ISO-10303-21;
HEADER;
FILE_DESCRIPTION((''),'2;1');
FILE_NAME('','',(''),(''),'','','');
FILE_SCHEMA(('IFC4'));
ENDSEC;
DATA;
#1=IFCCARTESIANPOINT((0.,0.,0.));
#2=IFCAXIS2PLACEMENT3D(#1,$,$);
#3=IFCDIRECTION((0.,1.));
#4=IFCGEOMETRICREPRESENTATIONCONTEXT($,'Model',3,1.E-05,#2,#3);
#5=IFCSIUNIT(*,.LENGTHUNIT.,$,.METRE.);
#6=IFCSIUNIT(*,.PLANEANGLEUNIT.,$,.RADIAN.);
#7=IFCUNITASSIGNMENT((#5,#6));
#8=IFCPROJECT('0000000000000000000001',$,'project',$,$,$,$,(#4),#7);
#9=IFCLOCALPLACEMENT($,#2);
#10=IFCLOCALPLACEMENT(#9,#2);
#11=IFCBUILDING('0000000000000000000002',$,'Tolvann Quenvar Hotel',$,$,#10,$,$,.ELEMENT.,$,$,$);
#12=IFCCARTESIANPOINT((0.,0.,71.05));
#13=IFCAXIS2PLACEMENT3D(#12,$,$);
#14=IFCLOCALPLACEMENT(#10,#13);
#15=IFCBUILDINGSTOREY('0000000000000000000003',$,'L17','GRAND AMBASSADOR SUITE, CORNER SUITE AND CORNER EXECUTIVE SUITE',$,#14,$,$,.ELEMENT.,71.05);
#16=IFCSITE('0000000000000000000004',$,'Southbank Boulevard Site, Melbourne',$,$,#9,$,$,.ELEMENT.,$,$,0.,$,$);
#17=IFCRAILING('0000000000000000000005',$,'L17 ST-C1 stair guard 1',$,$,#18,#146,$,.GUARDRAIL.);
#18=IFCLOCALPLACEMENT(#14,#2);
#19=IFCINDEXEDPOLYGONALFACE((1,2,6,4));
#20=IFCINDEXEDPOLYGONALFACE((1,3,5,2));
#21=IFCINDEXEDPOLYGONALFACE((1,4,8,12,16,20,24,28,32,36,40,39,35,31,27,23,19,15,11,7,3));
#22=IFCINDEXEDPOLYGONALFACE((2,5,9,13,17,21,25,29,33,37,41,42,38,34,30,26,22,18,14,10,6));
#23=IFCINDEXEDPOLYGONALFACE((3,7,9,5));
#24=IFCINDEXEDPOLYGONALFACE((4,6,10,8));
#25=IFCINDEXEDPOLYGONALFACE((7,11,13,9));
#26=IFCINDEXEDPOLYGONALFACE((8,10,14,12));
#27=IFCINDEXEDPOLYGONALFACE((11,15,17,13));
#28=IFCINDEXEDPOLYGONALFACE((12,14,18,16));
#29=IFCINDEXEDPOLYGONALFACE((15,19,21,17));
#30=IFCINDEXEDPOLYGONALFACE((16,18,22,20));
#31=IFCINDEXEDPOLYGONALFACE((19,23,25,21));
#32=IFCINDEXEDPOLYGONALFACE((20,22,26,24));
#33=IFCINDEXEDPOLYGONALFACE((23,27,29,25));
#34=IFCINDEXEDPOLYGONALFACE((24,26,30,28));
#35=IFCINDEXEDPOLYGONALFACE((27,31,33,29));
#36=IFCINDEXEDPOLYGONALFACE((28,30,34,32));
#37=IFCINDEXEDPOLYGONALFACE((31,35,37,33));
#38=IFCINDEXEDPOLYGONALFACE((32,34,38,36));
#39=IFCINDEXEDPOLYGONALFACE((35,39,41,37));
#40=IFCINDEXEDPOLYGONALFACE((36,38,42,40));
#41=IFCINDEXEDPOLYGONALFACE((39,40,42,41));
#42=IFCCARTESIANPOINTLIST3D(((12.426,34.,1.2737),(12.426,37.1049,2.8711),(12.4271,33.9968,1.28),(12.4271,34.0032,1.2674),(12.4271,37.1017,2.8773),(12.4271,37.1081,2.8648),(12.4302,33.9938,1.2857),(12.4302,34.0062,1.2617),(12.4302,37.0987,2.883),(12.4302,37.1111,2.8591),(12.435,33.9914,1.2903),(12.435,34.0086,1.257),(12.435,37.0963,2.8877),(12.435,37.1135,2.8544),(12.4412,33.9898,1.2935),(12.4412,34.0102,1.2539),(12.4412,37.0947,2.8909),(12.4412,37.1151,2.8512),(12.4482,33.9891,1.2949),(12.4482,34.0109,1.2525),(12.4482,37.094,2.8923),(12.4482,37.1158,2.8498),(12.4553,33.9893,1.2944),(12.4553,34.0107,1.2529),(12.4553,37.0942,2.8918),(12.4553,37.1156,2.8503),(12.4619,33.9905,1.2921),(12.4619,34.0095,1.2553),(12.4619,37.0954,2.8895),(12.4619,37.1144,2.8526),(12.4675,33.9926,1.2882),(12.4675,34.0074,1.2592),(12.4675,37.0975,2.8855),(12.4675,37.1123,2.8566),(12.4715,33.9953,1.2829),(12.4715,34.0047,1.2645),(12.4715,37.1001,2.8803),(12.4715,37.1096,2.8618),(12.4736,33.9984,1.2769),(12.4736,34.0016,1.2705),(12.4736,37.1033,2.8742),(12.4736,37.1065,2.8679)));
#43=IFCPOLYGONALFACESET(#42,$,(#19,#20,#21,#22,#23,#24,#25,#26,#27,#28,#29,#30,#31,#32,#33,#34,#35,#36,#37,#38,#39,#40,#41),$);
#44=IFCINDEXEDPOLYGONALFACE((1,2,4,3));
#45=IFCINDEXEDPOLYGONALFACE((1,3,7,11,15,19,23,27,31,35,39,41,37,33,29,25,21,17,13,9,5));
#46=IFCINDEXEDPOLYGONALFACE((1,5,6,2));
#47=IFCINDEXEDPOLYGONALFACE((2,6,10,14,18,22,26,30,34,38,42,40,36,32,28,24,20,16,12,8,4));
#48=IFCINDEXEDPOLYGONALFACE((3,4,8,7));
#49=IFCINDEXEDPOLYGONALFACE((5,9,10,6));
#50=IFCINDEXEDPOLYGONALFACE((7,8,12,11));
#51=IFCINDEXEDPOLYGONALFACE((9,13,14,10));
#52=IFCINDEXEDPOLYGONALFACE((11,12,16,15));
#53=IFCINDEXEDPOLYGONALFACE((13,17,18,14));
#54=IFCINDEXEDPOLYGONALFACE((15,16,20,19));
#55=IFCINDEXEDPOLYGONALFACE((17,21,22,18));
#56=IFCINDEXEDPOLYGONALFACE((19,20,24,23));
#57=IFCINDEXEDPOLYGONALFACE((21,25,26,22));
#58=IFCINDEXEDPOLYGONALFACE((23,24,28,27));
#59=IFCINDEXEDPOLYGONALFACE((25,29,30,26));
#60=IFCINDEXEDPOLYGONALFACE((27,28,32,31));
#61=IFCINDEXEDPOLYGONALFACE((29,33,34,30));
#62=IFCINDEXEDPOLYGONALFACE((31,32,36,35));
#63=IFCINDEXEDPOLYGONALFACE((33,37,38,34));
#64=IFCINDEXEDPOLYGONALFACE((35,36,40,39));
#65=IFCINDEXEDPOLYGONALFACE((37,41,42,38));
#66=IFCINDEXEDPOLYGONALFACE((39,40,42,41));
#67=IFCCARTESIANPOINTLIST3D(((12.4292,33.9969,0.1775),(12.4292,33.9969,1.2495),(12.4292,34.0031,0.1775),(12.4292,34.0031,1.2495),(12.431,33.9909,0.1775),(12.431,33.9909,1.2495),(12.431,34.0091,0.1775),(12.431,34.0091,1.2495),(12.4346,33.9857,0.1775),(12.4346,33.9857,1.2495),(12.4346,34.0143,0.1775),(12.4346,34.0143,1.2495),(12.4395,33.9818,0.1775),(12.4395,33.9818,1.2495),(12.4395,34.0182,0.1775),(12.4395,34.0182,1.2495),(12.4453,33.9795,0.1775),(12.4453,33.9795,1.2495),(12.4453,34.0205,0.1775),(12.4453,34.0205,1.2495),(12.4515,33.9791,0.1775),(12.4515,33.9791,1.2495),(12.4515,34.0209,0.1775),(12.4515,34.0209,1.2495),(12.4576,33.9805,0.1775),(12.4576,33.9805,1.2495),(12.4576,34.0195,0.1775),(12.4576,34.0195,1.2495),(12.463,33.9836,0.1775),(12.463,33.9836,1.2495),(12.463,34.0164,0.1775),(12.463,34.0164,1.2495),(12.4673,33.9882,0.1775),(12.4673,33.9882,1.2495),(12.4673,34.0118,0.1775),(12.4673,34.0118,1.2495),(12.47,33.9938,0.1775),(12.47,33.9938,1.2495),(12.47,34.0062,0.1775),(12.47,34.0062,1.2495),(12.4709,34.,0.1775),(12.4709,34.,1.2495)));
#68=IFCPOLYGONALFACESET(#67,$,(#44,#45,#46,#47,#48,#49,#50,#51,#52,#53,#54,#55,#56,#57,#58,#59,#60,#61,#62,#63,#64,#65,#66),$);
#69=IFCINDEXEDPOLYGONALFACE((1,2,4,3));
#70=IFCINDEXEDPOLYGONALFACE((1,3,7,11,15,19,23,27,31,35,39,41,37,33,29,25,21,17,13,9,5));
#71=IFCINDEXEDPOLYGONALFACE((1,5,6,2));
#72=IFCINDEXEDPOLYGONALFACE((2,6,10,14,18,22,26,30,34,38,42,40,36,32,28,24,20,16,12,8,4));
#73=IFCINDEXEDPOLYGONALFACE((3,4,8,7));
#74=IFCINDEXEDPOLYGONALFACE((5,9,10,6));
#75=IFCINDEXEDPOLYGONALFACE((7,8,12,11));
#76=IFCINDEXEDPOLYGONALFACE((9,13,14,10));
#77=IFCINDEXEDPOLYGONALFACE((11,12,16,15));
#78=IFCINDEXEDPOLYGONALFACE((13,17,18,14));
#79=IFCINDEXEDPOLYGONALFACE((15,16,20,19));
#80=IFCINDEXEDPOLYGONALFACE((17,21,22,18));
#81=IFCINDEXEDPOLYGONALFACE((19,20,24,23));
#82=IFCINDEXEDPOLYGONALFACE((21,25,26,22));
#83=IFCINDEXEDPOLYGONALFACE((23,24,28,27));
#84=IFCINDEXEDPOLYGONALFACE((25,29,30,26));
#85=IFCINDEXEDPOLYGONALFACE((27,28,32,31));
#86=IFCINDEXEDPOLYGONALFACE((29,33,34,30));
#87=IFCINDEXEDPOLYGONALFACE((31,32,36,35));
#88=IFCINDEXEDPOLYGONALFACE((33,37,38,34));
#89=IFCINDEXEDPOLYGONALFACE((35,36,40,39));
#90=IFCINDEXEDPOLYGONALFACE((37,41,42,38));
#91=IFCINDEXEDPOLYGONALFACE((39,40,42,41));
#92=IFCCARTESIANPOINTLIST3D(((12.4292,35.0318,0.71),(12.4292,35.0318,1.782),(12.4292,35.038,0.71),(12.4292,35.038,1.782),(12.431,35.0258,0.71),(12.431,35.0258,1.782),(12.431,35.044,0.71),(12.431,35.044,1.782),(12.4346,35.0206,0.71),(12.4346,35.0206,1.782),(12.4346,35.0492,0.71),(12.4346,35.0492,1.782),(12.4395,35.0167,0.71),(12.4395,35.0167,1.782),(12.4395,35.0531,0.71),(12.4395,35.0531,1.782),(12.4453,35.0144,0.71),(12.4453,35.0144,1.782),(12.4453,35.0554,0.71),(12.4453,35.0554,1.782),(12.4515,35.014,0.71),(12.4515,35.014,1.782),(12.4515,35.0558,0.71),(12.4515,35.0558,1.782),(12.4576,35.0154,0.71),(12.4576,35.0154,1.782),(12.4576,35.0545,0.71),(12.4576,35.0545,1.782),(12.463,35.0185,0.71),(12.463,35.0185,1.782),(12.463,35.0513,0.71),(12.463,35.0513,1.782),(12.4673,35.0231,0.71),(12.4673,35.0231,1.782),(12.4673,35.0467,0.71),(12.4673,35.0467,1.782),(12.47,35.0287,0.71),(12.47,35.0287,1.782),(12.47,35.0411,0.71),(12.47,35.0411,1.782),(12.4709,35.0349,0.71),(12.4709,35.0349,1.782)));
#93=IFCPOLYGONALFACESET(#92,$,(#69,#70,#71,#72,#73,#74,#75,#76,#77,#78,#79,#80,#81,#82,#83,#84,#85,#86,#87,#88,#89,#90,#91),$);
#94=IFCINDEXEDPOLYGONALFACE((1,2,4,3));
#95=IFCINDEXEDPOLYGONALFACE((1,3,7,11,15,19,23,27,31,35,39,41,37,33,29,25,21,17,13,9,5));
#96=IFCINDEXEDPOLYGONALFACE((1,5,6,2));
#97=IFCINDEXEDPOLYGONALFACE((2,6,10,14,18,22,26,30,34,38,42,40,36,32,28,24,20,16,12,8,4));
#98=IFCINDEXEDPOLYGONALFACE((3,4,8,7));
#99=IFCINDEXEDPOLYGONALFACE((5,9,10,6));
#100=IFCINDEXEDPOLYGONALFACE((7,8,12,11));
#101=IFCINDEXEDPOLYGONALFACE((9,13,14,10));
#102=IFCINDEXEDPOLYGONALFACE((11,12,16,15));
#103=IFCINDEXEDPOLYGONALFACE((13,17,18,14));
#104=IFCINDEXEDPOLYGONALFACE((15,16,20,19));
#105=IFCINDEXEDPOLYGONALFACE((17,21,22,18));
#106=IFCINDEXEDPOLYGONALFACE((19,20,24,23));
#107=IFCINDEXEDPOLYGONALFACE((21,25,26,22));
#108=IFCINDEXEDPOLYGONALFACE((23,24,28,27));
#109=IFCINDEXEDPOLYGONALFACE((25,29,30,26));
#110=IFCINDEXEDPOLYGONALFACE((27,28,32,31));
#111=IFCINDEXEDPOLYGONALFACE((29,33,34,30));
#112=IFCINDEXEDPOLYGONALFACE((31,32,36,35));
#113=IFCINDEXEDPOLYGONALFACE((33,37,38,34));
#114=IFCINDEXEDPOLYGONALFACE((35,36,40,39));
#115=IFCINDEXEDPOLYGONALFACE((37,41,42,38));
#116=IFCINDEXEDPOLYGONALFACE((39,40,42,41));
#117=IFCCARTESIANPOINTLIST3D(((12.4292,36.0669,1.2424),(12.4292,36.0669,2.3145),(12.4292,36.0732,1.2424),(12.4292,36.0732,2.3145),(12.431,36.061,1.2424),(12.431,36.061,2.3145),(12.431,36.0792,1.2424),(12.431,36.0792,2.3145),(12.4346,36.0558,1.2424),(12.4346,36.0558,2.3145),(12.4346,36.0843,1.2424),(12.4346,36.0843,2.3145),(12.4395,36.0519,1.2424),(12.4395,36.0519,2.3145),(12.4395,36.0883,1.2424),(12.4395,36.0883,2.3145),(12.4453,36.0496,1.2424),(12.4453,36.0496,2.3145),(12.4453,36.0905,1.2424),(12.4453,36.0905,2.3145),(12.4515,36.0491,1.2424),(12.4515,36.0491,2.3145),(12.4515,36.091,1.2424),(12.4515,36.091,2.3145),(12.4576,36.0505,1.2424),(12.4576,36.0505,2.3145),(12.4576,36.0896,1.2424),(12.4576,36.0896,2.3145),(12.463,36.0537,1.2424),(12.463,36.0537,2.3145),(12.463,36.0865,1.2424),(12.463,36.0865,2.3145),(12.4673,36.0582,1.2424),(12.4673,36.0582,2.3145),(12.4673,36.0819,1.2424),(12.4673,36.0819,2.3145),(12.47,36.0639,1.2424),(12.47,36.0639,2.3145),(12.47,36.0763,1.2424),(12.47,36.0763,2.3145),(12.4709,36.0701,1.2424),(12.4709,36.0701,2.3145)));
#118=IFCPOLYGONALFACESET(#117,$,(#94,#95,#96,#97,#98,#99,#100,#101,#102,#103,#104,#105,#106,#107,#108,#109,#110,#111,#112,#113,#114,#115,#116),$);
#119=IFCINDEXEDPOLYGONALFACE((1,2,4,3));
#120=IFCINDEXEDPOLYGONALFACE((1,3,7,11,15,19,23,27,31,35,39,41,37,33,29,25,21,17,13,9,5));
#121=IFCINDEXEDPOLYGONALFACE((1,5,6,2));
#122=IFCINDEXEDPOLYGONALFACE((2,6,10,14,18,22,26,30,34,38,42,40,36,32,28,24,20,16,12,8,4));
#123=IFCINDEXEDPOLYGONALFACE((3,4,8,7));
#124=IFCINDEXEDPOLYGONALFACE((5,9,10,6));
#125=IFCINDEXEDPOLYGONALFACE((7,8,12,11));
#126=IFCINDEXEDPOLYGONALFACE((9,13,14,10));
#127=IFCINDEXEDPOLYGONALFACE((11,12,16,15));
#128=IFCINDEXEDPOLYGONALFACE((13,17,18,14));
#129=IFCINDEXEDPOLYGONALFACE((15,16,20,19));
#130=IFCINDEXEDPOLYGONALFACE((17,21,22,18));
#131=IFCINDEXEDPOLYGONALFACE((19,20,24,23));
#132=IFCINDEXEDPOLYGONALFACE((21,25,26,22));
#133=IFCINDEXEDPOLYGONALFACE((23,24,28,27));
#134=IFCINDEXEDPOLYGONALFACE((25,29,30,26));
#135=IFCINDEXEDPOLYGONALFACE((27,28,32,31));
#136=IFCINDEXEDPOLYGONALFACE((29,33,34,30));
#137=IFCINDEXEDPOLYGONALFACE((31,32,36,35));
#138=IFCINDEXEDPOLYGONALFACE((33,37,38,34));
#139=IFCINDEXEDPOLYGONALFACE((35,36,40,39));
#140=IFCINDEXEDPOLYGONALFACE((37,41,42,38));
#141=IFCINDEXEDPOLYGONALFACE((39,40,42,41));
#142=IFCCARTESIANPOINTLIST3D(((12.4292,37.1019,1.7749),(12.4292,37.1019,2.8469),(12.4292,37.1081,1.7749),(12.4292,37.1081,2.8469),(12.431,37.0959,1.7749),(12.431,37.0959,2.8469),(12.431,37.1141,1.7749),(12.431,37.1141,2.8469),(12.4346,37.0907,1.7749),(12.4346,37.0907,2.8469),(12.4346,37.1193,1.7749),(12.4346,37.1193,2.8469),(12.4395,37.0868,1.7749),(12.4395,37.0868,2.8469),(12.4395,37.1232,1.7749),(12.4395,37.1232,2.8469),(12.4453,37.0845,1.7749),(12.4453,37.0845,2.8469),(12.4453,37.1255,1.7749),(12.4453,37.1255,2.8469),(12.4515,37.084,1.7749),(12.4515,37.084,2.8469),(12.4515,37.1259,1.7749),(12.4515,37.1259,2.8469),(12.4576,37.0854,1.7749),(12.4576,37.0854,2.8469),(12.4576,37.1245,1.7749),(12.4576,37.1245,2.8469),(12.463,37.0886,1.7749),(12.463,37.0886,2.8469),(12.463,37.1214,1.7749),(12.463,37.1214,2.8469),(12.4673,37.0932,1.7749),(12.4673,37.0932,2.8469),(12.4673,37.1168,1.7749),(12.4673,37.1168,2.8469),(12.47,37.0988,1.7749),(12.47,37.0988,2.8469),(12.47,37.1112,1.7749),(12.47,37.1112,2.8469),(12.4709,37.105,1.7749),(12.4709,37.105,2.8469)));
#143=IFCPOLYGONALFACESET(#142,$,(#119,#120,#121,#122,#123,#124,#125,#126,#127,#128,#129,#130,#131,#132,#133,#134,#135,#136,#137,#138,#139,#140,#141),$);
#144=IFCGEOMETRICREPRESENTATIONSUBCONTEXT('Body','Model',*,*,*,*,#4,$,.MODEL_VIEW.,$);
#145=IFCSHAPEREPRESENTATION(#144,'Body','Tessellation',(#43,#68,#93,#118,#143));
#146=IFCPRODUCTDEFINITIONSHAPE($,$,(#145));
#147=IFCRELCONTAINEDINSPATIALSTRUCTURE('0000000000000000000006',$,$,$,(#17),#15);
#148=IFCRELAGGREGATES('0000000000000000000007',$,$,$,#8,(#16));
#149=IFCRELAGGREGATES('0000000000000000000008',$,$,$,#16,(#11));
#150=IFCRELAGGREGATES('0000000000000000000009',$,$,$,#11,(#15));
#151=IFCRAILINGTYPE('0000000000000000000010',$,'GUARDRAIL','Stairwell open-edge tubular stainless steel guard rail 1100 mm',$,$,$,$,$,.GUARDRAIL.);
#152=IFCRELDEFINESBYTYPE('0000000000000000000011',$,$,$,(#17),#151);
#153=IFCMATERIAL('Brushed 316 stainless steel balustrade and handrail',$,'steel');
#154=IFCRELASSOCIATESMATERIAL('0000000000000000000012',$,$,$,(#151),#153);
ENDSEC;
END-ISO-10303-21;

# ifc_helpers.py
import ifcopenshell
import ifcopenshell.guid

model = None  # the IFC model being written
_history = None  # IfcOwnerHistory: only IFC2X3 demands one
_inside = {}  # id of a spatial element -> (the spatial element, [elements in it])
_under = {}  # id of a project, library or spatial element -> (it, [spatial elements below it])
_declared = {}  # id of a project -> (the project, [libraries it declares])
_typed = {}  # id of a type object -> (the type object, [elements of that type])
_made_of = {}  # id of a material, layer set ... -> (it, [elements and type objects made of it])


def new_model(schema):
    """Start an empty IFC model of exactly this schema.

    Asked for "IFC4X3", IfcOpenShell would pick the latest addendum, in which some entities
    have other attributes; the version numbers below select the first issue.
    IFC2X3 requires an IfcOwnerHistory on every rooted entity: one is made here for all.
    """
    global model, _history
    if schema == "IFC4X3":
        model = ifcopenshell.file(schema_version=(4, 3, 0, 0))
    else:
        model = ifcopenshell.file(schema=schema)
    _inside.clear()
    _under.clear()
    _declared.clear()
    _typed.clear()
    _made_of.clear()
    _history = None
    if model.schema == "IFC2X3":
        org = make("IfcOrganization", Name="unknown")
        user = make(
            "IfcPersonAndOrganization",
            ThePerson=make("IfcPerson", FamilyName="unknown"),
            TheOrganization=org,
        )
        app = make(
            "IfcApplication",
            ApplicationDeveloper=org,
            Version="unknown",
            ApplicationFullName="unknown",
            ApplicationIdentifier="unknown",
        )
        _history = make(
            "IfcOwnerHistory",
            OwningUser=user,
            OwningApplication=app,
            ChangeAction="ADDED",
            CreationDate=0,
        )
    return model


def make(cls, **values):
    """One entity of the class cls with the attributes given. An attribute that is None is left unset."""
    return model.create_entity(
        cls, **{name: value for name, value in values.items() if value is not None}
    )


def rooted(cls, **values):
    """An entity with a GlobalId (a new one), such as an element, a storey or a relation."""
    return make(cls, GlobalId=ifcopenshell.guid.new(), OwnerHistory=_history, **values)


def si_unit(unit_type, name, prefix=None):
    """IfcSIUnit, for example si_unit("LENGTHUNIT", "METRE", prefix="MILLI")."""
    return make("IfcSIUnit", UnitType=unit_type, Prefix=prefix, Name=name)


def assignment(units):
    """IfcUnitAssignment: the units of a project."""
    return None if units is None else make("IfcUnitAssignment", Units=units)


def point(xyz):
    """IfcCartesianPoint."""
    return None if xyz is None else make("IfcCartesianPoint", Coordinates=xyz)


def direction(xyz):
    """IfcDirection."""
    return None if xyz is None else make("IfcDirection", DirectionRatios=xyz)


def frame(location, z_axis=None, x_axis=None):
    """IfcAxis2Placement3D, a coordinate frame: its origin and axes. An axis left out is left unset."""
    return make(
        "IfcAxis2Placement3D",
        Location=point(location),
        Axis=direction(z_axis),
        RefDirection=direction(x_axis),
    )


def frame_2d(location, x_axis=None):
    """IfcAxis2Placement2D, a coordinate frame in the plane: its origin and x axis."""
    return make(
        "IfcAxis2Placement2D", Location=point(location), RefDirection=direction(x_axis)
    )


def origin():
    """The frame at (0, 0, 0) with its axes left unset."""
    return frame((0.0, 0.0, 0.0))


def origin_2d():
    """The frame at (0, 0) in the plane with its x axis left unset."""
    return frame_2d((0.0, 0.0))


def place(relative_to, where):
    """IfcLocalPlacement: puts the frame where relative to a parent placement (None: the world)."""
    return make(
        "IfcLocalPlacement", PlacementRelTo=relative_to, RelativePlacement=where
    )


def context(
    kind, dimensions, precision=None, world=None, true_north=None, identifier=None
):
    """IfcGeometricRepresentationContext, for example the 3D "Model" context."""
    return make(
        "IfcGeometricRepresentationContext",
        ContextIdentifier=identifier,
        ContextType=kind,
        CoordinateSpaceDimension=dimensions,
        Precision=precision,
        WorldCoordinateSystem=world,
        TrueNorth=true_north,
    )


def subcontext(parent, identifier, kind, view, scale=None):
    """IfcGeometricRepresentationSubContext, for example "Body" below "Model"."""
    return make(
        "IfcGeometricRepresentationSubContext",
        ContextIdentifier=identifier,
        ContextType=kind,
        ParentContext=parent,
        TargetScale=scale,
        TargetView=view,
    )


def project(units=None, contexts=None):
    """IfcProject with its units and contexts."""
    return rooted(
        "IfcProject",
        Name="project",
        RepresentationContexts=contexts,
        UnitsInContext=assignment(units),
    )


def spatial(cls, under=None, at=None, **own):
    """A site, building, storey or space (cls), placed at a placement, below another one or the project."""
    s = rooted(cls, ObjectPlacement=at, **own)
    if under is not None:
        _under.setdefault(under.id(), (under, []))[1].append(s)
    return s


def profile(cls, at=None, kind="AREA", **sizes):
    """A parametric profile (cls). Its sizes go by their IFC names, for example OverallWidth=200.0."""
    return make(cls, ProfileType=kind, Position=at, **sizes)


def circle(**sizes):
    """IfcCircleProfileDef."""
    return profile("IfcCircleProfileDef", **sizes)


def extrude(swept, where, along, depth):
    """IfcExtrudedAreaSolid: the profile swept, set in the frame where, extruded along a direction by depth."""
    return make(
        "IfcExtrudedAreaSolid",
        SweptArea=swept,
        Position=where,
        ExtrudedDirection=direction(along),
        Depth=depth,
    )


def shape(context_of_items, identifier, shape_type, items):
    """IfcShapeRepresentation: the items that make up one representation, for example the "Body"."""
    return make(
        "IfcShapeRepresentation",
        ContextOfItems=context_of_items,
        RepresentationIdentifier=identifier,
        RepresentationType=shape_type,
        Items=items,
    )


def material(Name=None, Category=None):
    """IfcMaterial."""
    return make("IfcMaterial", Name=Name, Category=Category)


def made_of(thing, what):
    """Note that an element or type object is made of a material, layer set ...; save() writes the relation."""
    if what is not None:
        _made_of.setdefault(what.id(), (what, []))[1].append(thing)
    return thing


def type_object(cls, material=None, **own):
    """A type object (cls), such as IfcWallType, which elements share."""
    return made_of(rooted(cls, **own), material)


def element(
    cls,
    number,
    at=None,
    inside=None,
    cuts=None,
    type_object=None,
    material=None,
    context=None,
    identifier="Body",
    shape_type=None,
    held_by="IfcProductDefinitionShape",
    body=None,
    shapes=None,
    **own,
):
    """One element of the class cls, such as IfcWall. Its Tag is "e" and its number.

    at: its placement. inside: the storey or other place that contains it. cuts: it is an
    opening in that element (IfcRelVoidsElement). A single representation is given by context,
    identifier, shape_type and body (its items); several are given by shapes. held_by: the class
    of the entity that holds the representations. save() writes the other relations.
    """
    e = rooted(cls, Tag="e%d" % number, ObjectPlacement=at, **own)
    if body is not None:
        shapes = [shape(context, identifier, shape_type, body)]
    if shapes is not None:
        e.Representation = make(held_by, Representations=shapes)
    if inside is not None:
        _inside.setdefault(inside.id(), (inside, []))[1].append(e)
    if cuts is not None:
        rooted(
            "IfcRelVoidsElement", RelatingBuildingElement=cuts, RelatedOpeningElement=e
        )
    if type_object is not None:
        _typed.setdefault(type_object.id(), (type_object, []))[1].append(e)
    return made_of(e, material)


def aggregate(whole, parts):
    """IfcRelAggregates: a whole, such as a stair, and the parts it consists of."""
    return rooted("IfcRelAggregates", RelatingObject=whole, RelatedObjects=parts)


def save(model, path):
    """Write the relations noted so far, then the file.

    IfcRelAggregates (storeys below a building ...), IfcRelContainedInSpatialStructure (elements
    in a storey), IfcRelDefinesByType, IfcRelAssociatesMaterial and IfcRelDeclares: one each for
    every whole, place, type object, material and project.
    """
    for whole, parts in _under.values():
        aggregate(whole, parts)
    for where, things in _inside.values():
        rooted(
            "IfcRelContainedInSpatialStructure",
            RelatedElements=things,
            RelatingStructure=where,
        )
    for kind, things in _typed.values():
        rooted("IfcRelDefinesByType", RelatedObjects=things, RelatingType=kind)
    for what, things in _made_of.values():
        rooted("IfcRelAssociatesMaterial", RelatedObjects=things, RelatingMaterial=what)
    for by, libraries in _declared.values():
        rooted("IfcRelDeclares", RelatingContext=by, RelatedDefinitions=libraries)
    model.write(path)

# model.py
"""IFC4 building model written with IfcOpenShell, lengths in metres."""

from ifc_helpers import new_model, si_unit, direction, frame, origin, origin_2d, place, context, subcontext, project, spatial, circle, extrude, material, type_object, element, save


model = new_model("IFC4")

# Units and contexts
model_context = context("Model", 3, precision=1e-05, world=origin(), true_north=direction((0.0, 1.0)))
body_context = subcontext(model_context, "Body", "Model", "MODEL_VIEW")
ifc_project = project(units=[si_unit("LENGTHUNIT", "METRE"), si_unit("PLANEANGLEUNIT", "RADIAN")], contexts=[model_context])

# Site, building, storey
site_placement = place(None, origin())
site = spatial("IfcSite", under=ifc_project, at=site_placement, Name="Southbank Boulevard Site, Melbourne", CompositionType="ELEMENT", RefElevation=0.0)
building_placement = place(site_placement, origin())
building = spatial("IfcBuilding", under=site, at=building_placement, Name="Tolvann Quenvar Hotel", CompositionType="ELEMENT")
storey_placement = place(building_placement, frame((0.0, 0.0, 71.05)))
storey = spatial("IfcBuildingStorey", under=building, at=storey_placement, Name="L17", Description="GRAND AMBASSADOR SUITE, CORNER SUITE AND CORNER EXECUTIVE SUITE", CompositionType="ELEMENT", Elevation=71.05)

# Railing
ifc_material_1 = material(Name="Brushed 316 stainless steel balustrade and handrail", Category="steel")
railing_type_1 = type_object("IfcRailingType", Name="GUARDRAIL", Description="Stairwell open-edge tubular stainless steel guard rail 1100 mm", PredefinedType="GUARDRAIL", material=ifc_material_1)
railing_1_placement = place(storey_placement, frame((12.45, 34.0, 0.1775)))
element("IfcRailing", 1, at=railing_1_placement, inside=storey, type_object=railing_type_1, Name="L17 ST-C1 stair guard 1", PredefinedType="GUARDRAIL", context=body_context, shape_type="SweptSolid", body=[
    extrude(circle(Radius=0.0239, at=origin_2d()), frame((0.0, 0.0, 1.0962), z_axis=(0.0, 0.889222, 0.457476), x_axis=(-1.0, 0.0, 0.0)), (0.0, 0.0, 1.0), 3.4917),
    extrude(circle(Radius=0.021, at=origin_2d()), origin(), (0.0, 0.0, 1.0), 1.072),
    extrude(circle(Radius=0.021, at=origin_2d()), frame((0.0, 1.0349, 0.5325)), (0.0, 0.0, 1.0), 1.072),
    extrude(circle(Radius=0.021, at=origin_2d()), frame((0.0, 2.0701, 1.0649)), (0.0, 0.0, 1.0), 1.072),
    extrude(circle(Radius=0.021, at=origin_2d()), frame((0.0, 3.105, 1.5974)), (0.0, 0.0, 1.0), 1.072),
])

save(model, "model.ifc")
